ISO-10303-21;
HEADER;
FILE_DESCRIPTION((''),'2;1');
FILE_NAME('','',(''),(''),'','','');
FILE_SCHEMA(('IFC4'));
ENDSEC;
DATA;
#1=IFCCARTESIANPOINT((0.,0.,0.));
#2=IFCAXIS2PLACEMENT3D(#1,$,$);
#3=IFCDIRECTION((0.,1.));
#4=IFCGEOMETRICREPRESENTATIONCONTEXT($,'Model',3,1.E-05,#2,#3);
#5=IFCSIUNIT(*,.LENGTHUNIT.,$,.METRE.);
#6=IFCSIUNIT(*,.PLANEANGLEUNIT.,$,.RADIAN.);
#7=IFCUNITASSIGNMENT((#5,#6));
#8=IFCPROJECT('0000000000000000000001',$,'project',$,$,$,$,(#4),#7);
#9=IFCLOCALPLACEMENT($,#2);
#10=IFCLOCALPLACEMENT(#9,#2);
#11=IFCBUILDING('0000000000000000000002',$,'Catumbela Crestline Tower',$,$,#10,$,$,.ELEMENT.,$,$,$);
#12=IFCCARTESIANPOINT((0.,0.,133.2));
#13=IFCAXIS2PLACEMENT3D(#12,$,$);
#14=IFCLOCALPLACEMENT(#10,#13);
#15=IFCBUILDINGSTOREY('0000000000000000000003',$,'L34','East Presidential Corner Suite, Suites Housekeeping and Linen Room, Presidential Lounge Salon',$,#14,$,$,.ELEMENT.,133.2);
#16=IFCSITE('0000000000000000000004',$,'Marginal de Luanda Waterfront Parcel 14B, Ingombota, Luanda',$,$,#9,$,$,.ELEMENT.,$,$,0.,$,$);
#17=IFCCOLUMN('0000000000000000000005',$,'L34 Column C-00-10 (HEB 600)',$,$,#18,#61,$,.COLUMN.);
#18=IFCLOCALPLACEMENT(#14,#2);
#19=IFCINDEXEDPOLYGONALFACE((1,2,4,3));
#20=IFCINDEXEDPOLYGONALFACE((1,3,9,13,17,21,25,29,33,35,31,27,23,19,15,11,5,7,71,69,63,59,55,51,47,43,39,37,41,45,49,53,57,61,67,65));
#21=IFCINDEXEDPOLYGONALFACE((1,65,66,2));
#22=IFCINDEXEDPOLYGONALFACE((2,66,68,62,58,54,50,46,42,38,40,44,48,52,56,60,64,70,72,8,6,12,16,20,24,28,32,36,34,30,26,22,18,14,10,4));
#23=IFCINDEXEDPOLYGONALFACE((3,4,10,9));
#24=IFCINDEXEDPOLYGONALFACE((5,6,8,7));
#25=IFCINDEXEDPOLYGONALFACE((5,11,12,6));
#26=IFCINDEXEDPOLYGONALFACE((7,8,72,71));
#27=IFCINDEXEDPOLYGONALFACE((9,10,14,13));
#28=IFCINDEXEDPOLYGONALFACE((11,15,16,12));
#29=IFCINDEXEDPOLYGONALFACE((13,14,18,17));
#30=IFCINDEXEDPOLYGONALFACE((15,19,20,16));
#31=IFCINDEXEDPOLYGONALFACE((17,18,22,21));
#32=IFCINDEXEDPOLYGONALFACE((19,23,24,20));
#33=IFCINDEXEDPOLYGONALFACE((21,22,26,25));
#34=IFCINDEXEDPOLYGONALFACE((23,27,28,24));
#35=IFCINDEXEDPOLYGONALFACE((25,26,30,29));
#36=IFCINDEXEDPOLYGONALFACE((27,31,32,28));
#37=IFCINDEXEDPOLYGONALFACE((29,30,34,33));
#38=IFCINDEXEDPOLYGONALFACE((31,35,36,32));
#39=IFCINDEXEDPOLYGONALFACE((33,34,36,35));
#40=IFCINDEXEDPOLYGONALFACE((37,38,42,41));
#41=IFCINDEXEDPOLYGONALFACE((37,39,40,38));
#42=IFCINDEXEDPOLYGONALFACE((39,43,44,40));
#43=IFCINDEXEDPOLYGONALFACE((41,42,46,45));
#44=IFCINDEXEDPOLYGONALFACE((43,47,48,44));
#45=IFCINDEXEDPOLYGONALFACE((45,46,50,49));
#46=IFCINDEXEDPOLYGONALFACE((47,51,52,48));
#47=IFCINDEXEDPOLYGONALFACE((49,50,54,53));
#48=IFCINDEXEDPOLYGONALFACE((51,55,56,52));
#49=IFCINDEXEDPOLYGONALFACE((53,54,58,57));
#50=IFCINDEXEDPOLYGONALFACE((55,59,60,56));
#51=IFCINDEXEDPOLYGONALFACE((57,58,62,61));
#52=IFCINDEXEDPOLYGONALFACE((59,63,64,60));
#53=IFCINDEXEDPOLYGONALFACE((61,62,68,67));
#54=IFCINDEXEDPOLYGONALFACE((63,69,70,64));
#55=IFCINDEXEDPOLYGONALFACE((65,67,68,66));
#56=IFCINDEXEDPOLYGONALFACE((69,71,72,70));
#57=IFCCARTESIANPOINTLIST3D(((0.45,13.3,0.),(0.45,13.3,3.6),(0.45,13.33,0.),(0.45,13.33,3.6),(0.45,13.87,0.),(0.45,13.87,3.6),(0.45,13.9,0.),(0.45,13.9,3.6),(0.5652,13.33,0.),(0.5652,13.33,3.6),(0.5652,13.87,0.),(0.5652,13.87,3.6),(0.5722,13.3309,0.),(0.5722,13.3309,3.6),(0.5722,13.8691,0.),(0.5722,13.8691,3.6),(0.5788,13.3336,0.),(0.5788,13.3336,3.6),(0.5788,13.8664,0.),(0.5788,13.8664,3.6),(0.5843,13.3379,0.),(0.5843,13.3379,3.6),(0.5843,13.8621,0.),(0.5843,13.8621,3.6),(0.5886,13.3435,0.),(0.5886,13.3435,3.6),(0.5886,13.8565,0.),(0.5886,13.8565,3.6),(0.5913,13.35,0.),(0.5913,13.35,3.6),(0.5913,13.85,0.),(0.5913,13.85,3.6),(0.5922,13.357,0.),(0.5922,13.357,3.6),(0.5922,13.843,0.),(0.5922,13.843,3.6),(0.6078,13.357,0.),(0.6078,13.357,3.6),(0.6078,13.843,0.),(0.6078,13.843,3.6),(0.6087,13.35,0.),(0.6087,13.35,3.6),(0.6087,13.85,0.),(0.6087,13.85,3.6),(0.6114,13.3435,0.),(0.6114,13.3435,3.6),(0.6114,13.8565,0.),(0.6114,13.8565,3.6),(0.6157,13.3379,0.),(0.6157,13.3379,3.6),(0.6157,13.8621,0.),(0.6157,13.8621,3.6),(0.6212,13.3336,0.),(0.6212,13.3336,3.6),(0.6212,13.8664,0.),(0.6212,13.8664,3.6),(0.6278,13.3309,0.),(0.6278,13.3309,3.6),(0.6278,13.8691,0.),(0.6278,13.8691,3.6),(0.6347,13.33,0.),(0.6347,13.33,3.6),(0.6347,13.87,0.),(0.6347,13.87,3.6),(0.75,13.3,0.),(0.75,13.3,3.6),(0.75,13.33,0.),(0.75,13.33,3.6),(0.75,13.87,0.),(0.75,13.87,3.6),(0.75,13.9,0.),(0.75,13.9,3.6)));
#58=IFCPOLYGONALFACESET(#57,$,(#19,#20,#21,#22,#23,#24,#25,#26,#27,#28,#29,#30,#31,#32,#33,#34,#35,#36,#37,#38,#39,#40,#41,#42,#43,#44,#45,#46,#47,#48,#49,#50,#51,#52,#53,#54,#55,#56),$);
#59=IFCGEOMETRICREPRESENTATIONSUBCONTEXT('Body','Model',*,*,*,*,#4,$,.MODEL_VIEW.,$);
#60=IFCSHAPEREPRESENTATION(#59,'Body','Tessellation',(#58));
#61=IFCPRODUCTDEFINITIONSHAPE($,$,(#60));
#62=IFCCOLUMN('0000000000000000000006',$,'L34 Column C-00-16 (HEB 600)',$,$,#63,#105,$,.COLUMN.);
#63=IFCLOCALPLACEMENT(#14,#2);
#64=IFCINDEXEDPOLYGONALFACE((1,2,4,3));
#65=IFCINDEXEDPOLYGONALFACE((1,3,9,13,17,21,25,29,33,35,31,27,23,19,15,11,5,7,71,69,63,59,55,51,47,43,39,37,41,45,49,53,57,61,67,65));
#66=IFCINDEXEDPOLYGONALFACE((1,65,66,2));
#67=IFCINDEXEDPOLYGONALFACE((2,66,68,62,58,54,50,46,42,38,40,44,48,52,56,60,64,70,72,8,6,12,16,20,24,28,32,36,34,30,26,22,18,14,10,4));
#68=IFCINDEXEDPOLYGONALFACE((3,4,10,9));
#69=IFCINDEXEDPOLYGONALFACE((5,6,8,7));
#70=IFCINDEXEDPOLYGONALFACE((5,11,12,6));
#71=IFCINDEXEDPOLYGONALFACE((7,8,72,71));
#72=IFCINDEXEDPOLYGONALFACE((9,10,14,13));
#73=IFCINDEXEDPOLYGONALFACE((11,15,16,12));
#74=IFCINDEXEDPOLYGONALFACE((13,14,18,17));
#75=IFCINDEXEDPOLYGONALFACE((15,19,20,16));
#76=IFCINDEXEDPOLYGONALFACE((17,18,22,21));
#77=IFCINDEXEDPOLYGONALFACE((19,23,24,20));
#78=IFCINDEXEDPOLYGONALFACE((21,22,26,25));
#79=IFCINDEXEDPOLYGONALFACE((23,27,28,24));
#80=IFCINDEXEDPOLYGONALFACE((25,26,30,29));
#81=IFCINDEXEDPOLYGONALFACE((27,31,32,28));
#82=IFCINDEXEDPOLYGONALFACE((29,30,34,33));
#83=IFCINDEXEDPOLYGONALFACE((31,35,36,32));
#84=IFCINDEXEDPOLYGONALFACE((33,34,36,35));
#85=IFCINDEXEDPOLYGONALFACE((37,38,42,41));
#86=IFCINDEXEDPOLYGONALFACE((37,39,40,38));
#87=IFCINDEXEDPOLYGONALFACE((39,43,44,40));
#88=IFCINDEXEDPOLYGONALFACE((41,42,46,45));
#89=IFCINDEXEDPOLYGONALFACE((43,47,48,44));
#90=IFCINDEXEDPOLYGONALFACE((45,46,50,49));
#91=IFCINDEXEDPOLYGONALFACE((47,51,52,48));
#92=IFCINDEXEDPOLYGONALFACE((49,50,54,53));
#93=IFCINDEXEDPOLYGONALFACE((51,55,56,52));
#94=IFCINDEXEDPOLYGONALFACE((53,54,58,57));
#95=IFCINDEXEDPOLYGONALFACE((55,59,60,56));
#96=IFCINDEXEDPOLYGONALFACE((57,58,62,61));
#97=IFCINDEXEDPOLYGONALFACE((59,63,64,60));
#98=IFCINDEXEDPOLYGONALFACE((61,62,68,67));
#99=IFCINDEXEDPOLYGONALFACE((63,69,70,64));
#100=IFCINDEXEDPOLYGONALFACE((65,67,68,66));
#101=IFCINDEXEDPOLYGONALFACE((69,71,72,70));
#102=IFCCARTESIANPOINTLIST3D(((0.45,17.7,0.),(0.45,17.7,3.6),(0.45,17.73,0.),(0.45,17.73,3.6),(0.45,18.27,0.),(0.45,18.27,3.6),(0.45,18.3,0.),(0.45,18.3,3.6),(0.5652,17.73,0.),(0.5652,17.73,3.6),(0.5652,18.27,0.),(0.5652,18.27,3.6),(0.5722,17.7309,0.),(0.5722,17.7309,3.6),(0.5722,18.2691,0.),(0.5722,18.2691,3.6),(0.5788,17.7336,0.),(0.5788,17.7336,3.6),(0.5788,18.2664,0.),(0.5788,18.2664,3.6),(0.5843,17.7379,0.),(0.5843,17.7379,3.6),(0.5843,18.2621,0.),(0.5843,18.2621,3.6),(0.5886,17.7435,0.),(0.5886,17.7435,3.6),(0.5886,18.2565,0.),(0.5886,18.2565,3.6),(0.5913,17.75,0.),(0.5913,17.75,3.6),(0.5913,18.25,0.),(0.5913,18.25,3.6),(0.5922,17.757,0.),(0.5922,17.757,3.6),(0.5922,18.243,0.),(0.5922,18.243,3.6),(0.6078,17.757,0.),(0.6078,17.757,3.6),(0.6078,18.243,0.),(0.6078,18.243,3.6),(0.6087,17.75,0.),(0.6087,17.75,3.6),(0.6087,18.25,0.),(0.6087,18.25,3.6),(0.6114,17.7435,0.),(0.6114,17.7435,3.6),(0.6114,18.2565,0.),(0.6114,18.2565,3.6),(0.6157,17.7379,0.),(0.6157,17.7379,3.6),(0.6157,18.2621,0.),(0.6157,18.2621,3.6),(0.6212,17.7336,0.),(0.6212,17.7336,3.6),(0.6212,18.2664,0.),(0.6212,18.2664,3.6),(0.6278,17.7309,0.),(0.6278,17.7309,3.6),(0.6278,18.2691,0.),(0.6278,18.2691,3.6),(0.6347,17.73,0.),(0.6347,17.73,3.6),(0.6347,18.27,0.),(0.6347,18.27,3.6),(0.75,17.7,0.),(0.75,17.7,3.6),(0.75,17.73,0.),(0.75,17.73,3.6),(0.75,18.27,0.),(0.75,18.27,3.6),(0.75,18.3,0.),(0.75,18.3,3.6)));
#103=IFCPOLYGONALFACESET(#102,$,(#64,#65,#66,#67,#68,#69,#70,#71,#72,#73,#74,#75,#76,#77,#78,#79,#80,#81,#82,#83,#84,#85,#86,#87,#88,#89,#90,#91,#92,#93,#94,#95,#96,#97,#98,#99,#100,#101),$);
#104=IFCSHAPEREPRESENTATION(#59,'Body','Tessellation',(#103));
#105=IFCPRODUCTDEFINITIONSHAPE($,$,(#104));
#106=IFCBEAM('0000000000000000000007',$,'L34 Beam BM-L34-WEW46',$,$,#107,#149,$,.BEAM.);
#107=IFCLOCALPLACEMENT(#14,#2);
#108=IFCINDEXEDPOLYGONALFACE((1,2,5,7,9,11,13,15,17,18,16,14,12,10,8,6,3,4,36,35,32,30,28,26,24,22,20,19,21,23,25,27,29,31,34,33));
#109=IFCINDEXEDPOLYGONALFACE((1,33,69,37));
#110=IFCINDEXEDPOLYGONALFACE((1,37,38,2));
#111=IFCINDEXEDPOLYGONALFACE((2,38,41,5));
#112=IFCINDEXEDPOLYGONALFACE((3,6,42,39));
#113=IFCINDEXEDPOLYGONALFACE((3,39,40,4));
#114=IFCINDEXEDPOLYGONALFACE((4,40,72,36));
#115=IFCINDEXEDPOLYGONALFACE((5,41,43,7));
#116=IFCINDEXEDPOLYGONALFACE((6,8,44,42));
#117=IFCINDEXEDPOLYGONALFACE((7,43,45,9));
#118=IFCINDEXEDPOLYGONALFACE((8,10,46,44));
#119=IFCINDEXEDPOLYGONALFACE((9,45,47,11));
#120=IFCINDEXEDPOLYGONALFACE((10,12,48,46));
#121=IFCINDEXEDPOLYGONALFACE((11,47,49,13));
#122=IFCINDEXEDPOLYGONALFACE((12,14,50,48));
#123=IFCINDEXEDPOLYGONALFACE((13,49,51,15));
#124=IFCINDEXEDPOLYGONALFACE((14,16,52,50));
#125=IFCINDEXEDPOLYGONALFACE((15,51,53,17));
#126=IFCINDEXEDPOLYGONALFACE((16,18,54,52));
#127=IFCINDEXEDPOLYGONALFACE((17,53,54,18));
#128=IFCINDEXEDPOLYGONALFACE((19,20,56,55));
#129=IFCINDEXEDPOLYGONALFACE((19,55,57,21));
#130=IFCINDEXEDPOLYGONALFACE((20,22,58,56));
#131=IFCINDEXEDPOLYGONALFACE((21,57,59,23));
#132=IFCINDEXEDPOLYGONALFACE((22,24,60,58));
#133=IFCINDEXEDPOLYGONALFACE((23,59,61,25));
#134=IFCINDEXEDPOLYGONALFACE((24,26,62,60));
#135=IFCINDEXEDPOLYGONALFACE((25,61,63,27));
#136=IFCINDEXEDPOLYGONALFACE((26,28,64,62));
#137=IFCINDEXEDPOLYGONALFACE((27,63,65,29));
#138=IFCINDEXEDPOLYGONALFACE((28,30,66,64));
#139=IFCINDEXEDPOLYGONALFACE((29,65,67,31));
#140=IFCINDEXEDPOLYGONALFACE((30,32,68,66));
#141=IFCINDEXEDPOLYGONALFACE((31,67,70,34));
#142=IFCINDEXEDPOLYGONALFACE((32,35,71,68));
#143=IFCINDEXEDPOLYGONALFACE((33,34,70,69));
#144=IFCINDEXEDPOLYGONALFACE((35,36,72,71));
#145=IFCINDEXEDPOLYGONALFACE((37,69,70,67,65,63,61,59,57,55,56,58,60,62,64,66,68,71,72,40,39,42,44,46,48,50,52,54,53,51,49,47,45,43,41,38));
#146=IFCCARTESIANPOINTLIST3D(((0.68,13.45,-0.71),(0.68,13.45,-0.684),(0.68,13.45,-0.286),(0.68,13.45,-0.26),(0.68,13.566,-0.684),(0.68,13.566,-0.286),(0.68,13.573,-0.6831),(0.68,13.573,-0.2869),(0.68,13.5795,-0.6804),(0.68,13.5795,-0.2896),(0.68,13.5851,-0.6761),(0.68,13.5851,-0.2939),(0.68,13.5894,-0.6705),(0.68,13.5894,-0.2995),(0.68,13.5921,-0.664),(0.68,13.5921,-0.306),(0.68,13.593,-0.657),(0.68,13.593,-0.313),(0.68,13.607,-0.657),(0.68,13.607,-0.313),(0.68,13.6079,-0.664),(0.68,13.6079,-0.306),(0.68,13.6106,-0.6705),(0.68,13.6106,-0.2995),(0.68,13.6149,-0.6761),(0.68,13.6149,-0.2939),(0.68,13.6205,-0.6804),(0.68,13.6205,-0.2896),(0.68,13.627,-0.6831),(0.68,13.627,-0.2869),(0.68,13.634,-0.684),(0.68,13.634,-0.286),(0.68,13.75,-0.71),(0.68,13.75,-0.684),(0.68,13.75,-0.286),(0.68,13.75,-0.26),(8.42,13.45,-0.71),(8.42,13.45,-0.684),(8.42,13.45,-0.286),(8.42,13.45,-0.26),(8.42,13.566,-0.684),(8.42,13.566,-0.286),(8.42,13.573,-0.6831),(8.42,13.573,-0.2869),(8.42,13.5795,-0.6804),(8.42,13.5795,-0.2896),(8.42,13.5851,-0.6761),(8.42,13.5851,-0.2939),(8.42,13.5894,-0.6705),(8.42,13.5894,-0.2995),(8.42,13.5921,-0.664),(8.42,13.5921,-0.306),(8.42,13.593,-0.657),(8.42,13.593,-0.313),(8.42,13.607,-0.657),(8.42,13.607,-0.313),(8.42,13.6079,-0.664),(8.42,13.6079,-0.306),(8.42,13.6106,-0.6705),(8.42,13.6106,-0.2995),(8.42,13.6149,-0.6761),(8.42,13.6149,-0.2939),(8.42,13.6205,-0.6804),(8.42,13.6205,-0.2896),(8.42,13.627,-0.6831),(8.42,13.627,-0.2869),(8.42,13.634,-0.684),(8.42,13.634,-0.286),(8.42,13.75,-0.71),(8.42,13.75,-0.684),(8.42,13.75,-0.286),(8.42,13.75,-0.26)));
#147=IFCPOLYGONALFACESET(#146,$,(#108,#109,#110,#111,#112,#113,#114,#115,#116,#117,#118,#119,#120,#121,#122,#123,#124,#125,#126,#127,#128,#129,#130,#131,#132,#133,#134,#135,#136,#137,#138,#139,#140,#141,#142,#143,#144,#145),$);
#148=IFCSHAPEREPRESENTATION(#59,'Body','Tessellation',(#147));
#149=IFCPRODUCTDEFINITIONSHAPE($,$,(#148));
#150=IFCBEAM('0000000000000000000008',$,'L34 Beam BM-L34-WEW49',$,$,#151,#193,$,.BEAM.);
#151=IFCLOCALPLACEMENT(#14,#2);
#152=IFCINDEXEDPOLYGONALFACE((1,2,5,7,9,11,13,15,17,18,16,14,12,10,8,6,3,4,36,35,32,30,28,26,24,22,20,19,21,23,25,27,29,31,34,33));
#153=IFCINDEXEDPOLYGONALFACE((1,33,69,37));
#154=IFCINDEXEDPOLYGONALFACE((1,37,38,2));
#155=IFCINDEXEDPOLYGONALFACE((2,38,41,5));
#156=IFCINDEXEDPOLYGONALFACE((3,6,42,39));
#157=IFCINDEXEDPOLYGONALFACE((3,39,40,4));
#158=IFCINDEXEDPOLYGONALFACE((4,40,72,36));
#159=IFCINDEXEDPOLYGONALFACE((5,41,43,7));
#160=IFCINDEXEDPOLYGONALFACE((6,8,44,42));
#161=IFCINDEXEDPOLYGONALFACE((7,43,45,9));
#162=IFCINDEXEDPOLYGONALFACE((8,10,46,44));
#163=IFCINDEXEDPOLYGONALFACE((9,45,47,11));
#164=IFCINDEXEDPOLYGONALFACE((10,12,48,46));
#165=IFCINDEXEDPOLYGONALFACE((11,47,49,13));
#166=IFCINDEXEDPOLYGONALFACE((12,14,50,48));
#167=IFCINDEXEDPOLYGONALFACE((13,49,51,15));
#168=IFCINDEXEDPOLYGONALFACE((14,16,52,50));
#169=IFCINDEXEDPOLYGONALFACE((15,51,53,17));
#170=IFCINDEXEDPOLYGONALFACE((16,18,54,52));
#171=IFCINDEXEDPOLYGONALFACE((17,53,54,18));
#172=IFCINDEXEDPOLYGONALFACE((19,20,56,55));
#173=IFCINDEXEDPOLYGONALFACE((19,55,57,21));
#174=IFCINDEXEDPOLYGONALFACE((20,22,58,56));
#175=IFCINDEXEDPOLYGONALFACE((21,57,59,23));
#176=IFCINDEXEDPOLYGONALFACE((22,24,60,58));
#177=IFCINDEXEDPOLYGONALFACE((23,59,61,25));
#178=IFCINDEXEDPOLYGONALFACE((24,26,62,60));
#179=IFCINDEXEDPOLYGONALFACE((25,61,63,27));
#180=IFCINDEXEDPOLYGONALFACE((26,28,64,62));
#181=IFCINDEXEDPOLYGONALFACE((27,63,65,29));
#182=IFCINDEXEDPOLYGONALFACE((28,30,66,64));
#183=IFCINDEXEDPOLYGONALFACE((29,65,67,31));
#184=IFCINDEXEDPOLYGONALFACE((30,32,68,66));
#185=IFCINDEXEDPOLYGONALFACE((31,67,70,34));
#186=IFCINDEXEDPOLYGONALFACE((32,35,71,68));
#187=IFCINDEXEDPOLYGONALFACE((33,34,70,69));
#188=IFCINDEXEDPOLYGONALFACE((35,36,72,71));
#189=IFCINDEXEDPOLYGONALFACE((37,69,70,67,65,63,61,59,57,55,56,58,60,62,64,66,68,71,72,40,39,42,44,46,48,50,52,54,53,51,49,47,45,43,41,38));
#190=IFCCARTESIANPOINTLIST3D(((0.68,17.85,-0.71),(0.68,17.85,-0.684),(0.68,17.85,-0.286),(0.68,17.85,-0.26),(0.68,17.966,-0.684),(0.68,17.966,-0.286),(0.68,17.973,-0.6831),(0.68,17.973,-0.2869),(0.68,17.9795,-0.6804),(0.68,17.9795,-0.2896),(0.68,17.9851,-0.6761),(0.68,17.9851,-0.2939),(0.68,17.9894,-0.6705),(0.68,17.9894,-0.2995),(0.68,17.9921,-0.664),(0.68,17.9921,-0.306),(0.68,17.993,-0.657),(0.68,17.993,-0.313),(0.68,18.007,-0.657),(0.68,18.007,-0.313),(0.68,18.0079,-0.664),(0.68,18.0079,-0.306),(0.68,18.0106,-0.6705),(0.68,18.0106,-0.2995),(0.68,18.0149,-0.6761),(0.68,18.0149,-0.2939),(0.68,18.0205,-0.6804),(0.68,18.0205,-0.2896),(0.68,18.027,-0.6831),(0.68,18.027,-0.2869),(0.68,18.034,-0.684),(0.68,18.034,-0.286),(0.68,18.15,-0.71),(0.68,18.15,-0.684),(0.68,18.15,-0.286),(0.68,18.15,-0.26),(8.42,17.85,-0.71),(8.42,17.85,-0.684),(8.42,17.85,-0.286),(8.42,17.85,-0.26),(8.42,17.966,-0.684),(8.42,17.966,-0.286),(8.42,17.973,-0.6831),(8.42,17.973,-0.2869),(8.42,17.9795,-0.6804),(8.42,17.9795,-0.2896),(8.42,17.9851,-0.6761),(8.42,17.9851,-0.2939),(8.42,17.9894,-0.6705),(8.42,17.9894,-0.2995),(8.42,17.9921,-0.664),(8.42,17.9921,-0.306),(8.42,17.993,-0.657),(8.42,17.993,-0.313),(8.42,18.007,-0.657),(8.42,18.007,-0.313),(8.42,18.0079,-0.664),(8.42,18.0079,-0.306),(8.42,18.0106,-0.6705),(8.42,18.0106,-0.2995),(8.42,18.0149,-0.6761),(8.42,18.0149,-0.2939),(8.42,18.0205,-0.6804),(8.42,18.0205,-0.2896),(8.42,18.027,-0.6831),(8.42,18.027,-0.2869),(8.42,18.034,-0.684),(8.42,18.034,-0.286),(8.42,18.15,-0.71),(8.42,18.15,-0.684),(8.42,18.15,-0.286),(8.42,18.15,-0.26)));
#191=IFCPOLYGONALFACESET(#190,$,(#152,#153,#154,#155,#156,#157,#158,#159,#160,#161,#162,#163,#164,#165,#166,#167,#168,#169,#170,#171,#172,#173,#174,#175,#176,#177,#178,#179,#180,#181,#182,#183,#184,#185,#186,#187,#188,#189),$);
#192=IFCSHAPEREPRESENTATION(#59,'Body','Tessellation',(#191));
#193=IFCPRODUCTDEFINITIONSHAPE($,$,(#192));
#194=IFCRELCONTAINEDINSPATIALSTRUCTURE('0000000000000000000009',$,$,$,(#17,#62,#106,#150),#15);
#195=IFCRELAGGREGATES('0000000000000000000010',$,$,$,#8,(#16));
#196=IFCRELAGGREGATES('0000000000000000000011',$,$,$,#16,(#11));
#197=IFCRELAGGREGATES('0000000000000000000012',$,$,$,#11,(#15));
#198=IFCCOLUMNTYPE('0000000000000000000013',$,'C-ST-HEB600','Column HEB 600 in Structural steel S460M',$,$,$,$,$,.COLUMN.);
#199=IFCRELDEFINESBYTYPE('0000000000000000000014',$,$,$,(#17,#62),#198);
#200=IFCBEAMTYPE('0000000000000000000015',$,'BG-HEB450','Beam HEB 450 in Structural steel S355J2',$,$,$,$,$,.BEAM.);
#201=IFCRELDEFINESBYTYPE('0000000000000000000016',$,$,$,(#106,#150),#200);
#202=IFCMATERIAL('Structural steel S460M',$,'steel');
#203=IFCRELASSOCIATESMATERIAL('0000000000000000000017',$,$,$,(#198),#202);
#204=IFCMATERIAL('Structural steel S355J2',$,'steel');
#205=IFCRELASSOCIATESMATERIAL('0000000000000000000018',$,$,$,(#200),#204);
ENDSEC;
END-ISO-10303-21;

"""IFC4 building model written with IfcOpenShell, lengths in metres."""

from ifc_helpers import new_model, si_unit, direction, frame, origin, origin_2d, place, context, subcontext, project, spatial, i_section, extrude, material, material_profile, profile_set, type_object, element, save


model = new_model("IFC4")

# Units and contexts
model_context = context("Model", 3, precision=1e-05, world=origin(), true_north=direction((0.0, 1.0)))
body_context = subcontext(model_context, "Body", "Model", "MODEL_VIEW")
ifc_project = project(units=[si_unit("LENGTHUNIT", "METRE"), si_unit("PLANEANGLEUNIT", "RADIAN")], contexts=[model_context])

# Site, building, storey
site_placement = place(None, origin())
site = spatial("IfcSite", under=ifc_project, at=site_placement, Name="Marginal de Luanda Waterfront Parcel 14B, Ingombota, Luanda", CompositionType="ELEMENT", RefElevation=0.0)
building_placement = place(site_placement, origin())
building = spatial("IfcBuilding", under=site, at=building_placement, Name="Catumbela Crestline Tower", CompositionType="ELEMENT")
storey_placement = place(building_placement, frame((0.0, 0.0, 133.2)))
storey = spatial("IfcBuildingStorey", under=building, at=storey_placement, Name="L34", Description="East Presidential Corner Suite, Suites Housekeeping and Linen Room, Presidential Lounge Salon", CompositionType="ELEMENT", Elevation=133.2)

# Columns
ifc_material_1 = material(Name="Structural steel S460M", Category="steel")
ifc_material_profile_1 = material_profile(ifc_material_1, i_section(OverallWidth=0.3, OverallDepth=0.6, WebThickness=0.0155, FlangeThickness=0.03, FilletRadius=0.027, at=origin_2d()), Name="HEB 600")
ifc_profile_set_1 = profile_set([ifc_material_profile_1], Name="Structural steel S460M")
column_type = type_object("IfcColumnType", Name="C-ST-HEB600", Description="Column HEB 600 in Structural steel S460M", PredefinedType="COLUMN", material=ifc_profile_set_1)
for number, where, z_axis, x_axis, name in (
    (1, (0.6, 13.6, 0.0), (0.0, 0.0, 1.0), (1.0, 0.0, 0.0), "L34 Column C-00-10 (HEB 600)"),
    (2, (0.6, 18.0, 0.0), (0.0, 0.0, 1.0), (1.0, 0.0, 0.0), "L34 Column C-00-16 (HEB 600)"),
):
    element("IfcColumn", number, at=place(storey_placement, frame(where, z_axis=z_axis, x_axis=x_axis)), inside=storey, type_object=column_type, Name=name, PredefinedType="COLUMN", context=body_context, shape_type="SweptSolid", body=[
        extrude(i_section(OverallWidth=0.3, OverallDepth=0.6, WebThickness=0.0155, FlangeThickness=0.03, FilletRadius=0.027, at=origin_2d()), origin(), (0.0, 0.0, 1.0), 3.6),
    ])

# Beams
ifc_material_2 = material(Name="Structural steel S355J2", Category="steel")
ifc_material_profile_2 = material_profile(ifc_material_2, i_section(OverallWidth=0.3, OverallDepth=0.45, WebThickness=0.014, FlangeThickness=0.026, FilletRadius=0.027, at=origin_2d()), Name="HEB 450")
ifc_profile_set_2 = profile_set([ifc_material_profile_2], Name="Structural steel S355J2")
beam_type_1 = type_object("IfcBeamType", Name="BG-HEB450", Description="Beam HEB 450 in Structural steel S355J2", PredefinedType="BEAM", material=ifc_profile_set_2)
for number, where, z_axis, x_axis, name in (
    (3, (0.68, 13.6, -0.485), (1.0, 0.0, 0.0), (0.0, 1.0, 0.0), "L34 Beam BM-L34-WEW46"),
    (4, (0.68, 18.0, -0.485), (1.0, 0.0, 0.0), (0.0, 1.0, 0.0), "L34 Beam BM-L34-WEW49"),
):
    element("IfcBeam", number, at=place(storey_placement, frame(where, z_axis=z_axis, x_axis=x_axis)), inside=storey, type_object=beam_type_1, Name=name, PredefinedType="BEAM", context=body_context, shape_type="SweptSolid", body=[
        extrude(i_section(OverallWidth=0.3, OverallDepth=0.45, WebThickness=0.014, FlangeThickness=0.026, FilletRadius=0.027, at=origin_2d()), origin(), (0.0, 0.0, 1.0), 7.74),
    ])

save(model, "model.ifc")
